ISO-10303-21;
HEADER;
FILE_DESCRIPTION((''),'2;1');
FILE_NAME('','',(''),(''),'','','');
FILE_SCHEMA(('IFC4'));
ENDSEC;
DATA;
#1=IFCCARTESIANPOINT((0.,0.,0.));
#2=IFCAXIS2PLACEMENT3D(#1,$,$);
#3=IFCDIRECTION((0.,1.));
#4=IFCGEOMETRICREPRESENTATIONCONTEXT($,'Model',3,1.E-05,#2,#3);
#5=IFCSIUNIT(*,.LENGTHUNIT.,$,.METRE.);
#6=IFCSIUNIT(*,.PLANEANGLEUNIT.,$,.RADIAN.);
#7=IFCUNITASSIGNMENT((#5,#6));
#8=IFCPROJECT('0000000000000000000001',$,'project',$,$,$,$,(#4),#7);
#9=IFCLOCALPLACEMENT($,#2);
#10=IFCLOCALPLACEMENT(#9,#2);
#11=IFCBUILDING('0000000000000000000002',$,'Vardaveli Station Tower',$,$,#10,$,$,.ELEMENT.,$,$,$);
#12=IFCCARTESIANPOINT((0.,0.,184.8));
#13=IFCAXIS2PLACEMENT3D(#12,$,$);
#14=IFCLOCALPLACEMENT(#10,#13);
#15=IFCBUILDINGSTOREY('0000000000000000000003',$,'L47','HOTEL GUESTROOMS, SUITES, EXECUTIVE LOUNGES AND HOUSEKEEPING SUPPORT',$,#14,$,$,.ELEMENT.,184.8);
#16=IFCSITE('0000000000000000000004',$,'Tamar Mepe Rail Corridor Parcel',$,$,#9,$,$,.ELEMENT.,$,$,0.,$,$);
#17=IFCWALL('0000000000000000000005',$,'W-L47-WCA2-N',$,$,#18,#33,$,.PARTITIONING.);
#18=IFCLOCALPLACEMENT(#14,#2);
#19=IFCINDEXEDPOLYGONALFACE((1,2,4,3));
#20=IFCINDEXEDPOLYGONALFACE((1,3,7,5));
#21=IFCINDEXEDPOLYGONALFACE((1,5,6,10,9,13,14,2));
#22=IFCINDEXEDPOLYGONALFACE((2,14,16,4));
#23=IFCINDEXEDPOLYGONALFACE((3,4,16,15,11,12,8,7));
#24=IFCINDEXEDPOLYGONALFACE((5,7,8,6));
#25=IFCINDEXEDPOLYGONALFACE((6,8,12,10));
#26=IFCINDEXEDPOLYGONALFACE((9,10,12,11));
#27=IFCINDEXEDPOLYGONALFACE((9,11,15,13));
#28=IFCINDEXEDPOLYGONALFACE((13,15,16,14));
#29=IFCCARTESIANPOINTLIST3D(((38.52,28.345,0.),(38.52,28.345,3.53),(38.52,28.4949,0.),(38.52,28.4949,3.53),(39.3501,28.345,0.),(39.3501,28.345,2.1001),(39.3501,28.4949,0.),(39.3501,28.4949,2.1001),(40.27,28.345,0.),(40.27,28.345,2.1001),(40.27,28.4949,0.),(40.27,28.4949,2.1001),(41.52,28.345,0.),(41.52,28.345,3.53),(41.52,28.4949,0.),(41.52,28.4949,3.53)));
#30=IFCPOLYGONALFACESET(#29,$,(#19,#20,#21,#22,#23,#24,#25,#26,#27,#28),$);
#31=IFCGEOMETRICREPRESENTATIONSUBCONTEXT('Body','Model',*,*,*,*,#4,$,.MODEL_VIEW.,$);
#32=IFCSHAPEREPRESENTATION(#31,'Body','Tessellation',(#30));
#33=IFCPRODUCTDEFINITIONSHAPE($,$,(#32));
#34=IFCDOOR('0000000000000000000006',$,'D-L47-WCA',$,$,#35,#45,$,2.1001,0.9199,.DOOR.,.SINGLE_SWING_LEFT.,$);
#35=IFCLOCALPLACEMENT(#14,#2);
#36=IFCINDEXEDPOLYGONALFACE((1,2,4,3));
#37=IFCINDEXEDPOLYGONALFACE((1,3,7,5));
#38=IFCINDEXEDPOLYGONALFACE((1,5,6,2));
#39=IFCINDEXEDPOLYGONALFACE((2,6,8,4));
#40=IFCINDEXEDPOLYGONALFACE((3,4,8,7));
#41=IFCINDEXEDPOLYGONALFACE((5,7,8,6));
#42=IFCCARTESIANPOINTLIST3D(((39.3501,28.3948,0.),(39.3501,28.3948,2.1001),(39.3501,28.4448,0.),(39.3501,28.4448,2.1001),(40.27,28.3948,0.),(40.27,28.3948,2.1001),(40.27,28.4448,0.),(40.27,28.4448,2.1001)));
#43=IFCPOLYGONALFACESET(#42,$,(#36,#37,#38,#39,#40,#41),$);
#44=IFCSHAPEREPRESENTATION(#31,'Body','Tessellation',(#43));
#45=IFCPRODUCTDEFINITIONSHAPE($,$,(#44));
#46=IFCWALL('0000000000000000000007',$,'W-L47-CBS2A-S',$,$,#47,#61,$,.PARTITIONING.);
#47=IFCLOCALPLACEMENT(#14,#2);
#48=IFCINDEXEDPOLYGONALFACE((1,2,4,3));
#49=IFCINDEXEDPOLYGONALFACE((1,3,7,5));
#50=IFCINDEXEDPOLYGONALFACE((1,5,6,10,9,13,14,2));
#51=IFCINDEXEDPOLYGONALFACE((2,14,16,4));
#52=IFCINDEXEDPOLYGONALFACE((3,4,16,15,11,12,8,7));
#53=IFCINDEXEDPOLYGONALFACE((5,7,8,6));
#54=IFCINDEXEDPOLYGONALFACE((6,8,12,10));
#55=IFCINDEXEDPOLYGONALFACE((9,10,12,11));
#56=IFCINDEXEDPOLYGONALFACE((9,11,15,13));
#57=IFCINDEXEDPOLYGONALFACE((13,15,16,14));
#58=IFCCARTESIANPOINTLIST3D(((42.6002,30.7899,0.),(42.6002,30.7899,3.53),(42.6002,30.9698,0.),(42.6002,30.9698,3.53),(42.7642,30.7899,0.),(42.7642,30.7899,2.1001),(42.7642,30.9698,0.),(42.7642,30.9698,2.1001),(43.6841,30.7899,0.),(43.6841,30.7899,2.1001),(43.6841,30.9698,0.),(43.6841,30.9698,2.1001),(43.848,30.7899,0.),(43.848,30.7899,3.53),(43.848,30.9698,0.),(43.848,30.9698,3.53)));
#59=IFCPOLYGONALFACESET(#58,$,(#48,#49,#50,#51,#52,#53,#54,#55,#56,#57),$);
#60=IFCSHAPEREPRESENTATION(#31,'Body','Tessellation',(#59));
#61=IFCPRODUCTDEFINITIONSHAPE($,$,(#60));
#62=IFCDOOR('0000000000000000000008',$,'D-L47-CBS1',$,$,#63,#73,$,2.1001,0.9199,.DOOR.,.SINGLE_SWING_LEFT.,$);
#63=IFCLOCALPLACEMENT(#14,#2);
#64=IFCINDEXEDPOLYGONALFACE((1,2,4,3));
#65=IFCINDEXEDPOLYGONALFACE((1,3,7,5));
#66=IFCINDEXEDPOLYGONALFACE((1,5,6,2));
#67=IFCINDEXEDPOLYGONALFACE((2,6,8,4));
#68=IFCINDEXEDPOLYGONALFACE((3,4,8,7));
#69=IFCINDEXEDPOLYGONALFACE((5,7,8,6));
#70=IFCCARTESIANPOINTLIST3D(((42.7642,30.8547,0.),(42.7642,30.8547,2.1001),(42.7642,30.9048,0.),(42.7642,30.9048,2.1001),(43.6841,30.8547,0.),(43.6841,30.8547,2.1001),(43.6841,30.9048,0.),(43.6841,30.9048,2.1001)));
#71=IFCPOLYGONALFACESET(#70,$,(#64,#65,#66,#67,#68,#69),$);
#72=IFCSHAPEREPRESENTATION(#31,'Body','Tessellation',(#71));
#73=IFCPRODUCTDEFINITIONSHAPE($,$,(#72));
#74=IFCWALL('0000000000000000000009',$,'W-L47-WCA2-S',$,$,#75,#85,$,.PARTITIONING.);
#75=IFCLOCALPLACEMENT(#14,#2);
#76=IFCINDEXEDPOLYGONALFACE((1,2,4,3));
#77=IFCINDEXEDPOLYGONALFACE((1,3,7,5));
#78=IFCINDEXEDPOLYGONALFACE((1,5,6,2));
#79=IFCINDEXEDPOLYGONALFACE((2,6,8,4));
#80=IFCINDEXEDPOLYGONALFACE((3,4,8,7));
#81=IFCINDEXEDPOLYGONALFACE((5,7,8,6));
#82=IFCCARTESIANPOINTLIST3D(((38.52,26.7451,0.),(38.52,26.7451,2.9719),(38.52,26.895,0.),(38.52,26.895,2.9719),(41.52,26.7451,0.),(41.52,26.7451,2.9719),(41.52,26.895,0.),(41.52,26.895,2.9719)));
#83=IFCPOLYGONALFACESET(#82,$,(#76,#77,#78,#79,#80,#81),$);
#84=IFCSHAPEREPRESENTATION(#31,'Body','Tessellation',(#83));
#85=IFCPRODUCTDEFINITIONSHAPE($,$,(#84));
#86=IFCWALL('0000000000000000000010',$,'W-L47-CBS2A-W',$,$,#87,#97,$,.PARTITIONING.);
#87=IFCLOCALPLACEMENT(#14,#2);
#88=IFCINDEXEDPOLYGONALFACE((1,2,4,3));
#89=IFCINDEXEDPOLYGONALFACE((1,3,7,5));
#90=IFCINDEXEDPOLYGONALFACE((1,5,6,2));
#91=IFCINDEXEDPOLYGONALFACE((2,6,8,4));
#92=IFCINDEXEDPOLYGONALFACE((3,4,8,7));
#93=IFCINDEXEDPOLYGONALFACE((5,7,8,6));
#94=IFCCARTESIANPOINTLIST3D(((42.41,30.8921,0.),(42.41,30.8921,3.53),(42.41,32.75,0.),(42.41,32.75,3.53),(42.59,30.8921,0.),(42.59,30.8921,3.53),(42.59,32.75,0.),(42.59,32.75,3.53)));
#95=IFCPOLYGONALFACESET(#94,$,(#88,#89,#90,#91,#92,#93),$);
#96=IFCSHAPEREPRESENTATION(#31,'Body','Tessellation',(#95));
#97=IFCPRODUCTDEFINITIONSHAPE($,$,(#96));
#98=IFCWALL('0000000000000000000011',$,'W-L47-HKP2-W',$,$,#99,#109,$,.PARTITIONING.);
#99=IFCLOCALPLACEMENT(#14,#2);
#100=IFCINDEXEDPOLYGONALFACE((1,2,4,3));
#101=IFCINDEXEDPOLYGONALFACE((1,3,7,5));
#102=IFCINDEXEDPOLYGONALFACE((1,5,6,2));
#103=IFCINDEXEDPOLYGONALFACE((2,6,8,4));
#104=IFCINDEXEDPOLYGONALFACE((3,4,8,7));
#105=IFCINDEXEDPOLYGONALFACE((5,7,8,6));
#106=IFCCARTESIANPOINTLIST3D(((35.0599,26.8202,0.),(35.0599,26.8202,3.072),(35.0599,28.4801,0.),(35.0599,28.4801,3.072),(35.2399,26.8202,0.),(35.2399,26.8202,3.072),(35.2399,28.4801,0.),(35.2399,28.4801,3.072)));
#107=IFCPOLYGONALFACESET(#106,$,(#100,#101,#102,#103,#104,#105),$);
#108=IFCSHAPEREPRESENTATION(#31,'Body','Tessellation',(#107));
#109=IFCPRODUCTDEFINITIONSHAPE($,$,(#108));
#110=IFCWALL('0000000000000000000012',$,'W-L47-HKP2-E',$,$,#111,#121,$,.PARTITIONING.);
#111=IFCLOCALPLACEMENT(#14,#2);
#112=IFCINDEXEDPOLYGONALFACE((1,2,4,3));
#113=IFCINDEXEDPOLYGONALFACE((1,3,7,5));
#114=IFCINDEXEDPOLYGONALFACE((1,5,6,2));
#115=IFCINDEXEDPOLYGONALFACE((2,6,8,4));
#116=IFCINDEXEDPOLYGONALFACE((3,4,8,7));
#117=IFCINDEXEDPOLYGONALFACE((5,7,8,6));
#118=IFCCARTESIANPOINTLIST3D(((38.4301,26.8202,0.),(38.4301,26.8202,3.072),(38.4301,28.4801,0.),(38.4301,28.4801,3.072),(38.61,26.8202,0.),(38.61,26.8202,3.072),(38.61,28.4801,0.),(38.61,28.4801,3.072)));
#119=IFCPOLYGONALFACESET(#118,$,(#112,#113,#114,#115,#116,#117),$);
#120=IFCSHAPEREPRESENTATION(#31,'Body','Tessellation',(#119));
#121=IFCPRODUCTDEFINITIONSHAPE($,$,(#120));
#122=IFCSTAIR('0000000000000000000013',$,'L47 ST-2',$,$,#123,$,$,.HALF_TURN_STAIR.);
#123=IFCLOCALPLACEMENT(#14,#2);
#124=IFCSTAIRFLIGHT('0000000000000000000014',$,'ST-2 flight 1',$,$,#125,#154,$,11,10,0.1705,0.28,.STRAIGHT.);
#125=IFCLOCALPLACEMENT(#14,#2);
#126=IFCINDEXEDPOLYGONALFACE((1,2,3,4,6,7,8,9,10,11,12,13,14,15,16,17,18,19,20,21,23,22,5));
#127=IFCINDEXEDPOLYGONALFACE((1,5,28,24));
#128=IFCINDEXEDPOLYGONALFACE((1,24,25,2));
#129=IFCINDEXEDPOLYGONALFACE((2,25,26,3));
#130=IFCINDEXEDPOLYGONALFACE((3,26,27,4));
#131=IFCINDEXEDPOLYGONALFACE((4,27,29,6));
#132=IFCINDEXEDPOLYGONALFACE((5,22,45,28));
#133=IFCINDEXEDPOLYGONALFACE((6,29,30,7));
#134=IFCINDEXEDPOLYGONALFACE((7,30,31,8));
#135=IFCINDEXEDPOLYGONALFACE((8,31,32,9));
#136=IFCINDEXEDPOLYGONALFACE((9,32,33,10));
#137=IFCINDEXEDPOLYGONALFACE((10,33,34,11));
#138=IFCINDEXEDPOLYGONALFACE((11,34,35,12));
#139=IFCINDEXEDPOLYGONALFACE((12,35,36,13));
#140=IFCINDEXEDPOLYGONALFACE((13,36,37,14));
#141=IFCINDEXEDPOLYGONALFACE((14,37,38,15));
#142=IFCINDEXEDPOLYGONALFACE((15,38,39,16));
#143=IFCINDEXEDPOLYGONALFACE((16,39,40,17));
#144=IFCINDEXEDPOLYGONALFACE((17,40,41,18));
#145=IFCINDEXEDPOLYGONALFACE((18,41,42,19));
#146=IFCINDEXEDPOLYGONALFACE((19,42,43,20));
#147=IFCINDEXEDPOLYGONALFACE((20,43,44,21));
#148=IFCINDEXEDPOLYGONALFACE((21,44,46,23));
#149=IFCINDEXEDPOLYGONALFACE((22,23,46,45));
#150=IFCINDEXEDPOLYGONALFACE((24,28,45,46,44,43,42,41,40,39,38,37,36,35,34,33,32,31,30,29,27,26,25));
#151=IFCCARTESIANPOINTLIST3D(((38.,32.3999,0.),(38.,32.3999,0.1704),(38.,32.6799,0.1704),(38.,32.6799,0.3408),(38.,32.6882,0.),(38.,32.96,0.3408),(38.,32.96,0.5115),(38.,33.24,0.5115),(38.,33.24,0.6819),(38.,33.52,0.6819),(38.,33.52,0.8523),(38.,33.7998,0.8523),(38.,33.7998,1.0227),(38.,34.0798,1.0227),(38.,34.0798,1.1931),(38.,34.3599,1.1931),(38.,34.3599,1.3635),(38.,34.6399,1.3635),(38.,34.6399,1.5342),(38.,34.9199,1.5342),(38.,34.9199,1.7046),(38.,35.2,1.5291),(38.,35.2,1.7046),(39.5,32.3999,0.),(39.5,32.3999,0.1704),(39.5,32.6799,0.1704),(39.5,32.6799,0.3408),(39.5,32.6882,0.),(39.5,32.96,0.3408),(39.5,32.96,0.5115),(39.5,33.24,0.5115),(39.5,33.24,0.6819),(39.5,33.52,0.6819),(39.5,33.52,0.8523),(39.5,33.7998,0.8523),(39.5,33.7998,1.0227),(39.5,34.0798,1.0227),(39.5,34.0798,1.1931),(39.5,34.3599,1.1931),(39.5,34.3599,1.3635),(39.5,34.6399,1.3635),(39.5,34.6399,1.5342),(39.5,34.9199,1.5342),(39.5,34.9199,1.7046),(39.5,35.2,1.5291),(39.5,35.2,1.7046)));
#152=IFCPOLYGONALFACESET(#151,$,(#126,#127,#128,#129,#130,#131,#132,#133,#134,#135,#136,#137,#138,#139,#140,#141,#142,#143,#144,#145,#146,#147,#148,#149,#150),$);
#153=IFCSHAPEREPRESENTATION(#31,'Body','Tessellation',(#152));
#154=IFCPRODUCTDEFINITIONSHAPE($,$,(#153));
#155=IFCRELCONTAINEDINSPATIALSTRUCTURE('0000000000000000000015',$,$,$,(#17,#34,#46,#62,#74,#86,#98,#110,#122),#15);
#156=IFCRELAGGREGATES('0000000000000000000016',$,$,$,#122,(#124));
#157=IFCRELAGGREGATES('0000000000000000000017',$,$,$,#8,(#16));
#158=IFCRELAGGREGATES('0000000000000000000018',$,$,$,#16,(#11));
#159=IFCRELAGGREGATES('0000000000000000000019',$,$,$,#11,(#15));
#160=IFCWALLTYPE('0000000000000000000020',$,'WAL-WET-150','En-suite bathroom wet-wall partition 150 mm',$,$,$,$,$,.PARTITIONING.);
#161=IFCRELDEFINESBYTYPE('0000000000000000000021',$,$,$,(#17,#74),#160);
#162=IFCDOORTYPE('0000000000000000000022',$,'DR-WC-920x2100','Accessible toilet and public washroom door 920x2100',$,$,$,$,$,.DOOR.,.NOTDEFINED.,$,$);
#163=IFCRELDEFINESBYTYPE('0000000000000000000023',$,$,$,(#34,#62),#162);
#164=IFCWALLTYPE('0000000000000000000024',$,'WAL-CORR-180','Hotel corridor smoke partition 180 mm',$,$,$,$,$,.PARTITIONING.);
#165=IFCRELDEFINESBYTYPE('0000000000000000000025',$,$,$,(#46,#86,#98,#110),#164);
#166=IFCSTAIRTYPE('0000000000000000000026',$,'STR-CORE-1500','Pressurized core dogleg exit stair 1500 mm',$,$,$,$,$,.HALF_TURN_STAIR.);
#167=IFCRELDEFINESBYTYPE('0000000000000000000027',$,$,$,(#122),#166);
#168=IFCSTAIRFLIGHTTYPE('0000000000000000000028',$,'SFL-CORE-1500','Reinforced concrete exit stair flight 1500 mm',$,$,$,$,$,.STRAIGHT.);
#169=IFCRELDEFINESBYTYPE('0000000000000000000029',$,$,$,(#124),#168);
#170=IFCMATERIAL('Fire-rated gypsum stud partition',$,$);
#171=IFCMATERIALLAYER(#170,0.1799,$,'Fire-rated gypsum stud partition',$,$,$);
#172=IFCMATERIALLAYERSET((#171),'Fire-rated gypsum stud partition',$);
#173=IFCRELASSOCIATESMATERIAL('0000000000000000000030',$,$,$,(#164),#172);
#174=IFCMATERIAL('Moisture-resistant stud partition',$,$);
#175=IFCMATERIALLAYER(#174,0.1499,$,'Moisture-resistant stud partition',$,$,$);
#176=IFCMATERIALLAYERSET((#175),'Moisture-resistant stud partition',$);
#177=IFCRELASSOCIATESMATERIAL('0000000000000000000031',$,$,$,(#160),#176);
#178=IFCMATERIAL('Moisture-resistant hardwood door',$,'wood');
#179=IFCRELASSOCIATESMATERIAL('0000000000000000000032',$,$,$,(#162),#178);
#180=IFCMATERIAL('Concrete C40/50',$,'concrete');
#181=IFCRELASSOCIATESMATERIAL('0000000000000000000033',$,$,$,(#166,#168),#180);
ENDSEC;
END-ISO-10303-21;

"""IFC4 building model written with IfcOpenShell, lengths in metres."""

from ifc_helpers import new_model, si_unit, direction, frame, frame_2d, origin, place, context, subcontext, project, spatial, polyline, rectangle, outline, extrude, source, transform, mapped, material, layer, layer_set, type_object, element, fill, aggregate, save


model = new_model("IFC4")

# Units and contexts
model_context = context("Model", 3, precision=1e-05, world=origin(), true_north=direction((0.0, 1.0)))
body_context = subcontext(model_context, "Body", "Model", "MODEL_VIEW")
ifc_project = project(units=[si_unit("LENGTHUNIT", "METRE"), si_unit("PLANEANGLEUNIT", "RADIAN")], contexts=[model_context])

# Site, building, storey
site_placement = place(None, origin())
site = spatial("IfcSite", under=ifc_project, at=site_placement, Name="Tamar Mepe Rail Corridor Parcel", CompositionType="ELEMENT", RefElevation=0.0)
building_placement = place(site_placement, origin())
building = spatial("IfcBuilding", under=site, at=building_placement, Name="Vardaveli Station Tower", CompositionType="ELEMENT")
storey_placement = place(building_placement, frame((0.0, 0.0, 184.8)))
storey = spatial("IfcBuildingStorey", under=building, at=storey_placement, Name="L47", Description="HOTEL GUESTROOMS, SUITES, EXECUTIVE LOUNGES AND HOUSEKEEPING SUPPORT", CompositionType="ELEMENT", Elevation=184.8)

# Shared definitions
ifc_material_1 = material(Name="Concrete C40/50", Category="concrete")

# Walls, openings, doors
ifc_material_2 = material(Name="Fire-rated gypsum stud partition")
ifc_layer_1 = layer(ifc_material_2, 0.1799, Name="Fire-rated gypsum stud partition")
ifc_layer_set_1 = layer_set([ifc_layer_1], Name="Fire-rated gypsum stud partition")
wall_type_1 = type_object("IfcWallType", Name="WAL-CORR-180", Description="Hotel corridor smoke partition 180 mm", PredefinedType="PARTITIONING", material=ifc_layer_set_1)
ifc_material_3 = material(Name="Moisture-resistant stud partition")
ifc_layer_2 = layer(ifc_material_3, 0.1499, Name="Moisture-resistant stud partition")
ifc_layer_set_2 = layer_set([ifc_layer_2], Name="Moisture-resistant stud partition")
wall_type_2 = type_object("IfcWallType", Name="WAL-WET-150", Description="En-suite bathroom wet-wall partition 150 mm", PredefinedType="PARTITIONING", material=ifc_layer_set_2)
shared_shape_1 = source(origin(), body_context, "Body", "SweptSolid", [
    extrude(rectangle(XDim=3.0, YDim=0.1499, at=frame_2d((1.5, 0.0))), origin(), (0.0, 0.0, 1.0), 3.53),
])
wall_1_placement = place(storey_placement, frame((38.52, 28.4199, 0.0), z_axis=(0.0, 0.0, 1.0), x_axis=(1.0, 0.0, 0.0)))
wall_1 = element("IfcWall", 1, at=wall_1_placement, inside=storey, type_object=wall_type_2, Name="W-L47-WCA2-N", PredefinedType="PARTITIONING", context=body_context, shape_type="MappedRepresentation", body=[
    mapped(shared_shape_1, transform((0.0, 0.0, 0.0), scale=1.0)),
])
shared_shape_2 = source(origin(), body_context, "Body", "SweptSolid", [
    extrude(rectangle(XDim=0.9199, YDim=2.1001, at=frame_2d((0.46, 1.05))), frame((0.0, 0.085, 0.0), z_axis=(0.0, -1.0, 0.0), x_axis=(1.0, 0.0, 0.0)), (0.0, 0.0, 1.0), 0.1699),
])
opening_1_placement = place(wall_1_placement, frame((0.8301, 0.0, 0.0)))
opening_1 = element("IfcOpeningElement", 2, at=opening_1_placement, cuts=wall_1, PredefinedType="OPENING", context=body_context, shape_type="MappedRepresentation", body=[
    mapped(shared_shape_2, transform((0.0, 0.0, 0.0), scale=1.0)),
])
ifc_material_4 = material(Name="Moisture-resistant hardwood door", Category="wood")
door_type_1 = type_object("IfcDoorType", Name="DR-WC-920x2100", Description="Accessible toilet and public washroom door 920x2100", OperationType="NOTDEFINED", PredefinedType="DOOR", material=ifc_material_4)
shared_shape_3 = source(origin(), body_context, "Body", "SweptSolid", [
    extrude(rectangle(XDim=0.9199, YDim=2.1001, at=frame_2d((0.46, 1.05))), frame((0.0, 0.0249, 0.0), z_axis=(0.0, -1.0, 0.0), x_axis=(1.0, 0.0, 0.0)), (0.0, 0.0, 1.0), 0.05),
])
door_1_placement = place(opening_1_placement, origin())
door_1 = element("IfcDoor", 3, at=door_1_placement, inside=storey, type_object=door_type_1, Name="D-L47-WCA", OperationType="SINGLE_SWING_LEFT", OverallHeight=2.1001, OverallWidth=0.9199, PredefinedType="DOOR", context=body_context, shape_type="MappedRepresentation", body=[
    mapped(shared_shape_3, transform((0.0, 0.0, 0.0), scale=1.0)),
])
fill(opening_1, door_1)
shared_shape_4 = source(origin(), body_context, "Body", "SweptSolid", [
    extrude(rectangle(XDim=1.2478, YDim=0.1799, at=frame_2d((0.624, 0.0))), origin(), (0.0, 0.0, 1.0), 3.53),
])
wall_2_placement = place(storey_placement, frame((42.6001, 30.8799, 0.0), z_axis=(0.0, 0.0, 1.0), x_axis=(1.0, 0.0, 0.0)))
wall_2 = element("IfcWall", 4, at=wall_2_placement, inside=storey, type_object=wall_type_1, Name="W-L47-CBS2A-S", PredefinedType="PARTITIONING", context=body_context, shape_type="MappedRepresentation", body=[
    mapped(shared_shape_4, transform((0.0, 0.0, 0.0), scale=1.0)),
])
shared_shape_5 = source(origin(), body_context, "Body", "SweptSolid", [
    extrude(rectangle(XDim=0.9199, YDim=2.1001, at=frame_2d((0.46, 1.05))), frame((0.0, 0.1001, 0.0), z_axis=(0.0, -1.0, 0.0), x_axis=(1.0, 0.0, 0.0)), (0.0, 0.0, 1.0), 0.2),
])
opening_2_placement = place(wall_2_placement, frame((0.1641, 0.0, 0.0)))
opening_2 = element("IfcOpeningElement", 5, at=opening_2_placement, cuts=wall_2, PredefinedType="OPENING", context=body_context, shape_type="MappedRepresentation", body=[
    mapped(shared_shape_5, transform((0.0, 0.0, 0.0), scale=1.0)),
])
door_2_placement = place(opening_2_placement, origin())
door_2 = element("IfcDoor", 6, at=door_2_placement, inside=storey, type_object=door_type_1, Name="D-L47-CBS1", OperationType="SINGLE_SWING_LEFT", OverallHeight=2.1001, OverallWidth=0.9199, PredefinedType="DOOR", context=body_context, shape_type="MappedRepresentation", body=[
    mapped(shared_shape_3, transform((0.0, 0.0, 0.0), scale=1.0)),
])
fill(opening_2, door_2)

# Walls
shared_shape_6 = source(origin(), body_context, "Body", "SweptSolid", [
    extrude(rectangle(XDim=3.0, YDim=0.1499, at=frame_2d((1.5, 0.0))), origin(), (0.0, 0.0, 1.0), 2.9719),
])
wall_3_placement = place(storey_placement, frame((38.52, 26.8201, 0.0), z_axis=(0.0, 0.0, 1.0), x_axis=(1.0, 0.0, 0.0)))
element("IfcWall", 7, at=wall_3_placement, inside=storey, type_object=wall_type_2, Name="W-L47-WCA2-S", PredefinedType="PARTITIONING", context=body_context, shape_type="MappedRepresentation", body=[
    mapped(shared_shape_6, transform((0.0, 0.0, 0.0), scale=1.0)),
])
shared_shape_7 = source(origin(), body_context, "Body", "SweptSolid", [
    extrude(rectangle(XDim=1.8579, YDim=0.1799, at=frame_2d((0.929, 0.0))), origin(), (0.0, 0.0, 1.0), 3.53),
])
wall_4_placement = place(storey_placement, frame((42.5, 30.8921, 0.0), z_axis=(0.0, 0.0, 1.0), x_axis=(0.0, 1.0, 0.0)))
element("IfcWall", 8, at=wall_4_placement, inside=storey, type_object=wall_type_1, Name="W-L47-CBS2A-W", PredefinedType="PARTITIONING", context=body_context, shape_type="MappedRepresentation", body=[
    mapped(shared_shape_7, transform((0.0, 0.0, 0.0), scale=1.0)),
])
shared_shape_8 = source(origin(), body_context, "Body", "SweptSolid", [
    extrude(rectangle(XDim=1.6599, YDim=0.1799, at=frame_2d((0.8301, 0.0))), origin(), (0.0, 0.0, 1.0), 3.072),
])
for number, where, z_axis, x_axis, name in (
    (9, (35.1499, 26.8201, 0.0), (0.0, 0.0, 1.0), (0.0, 1.0, 0.0), "W-L47-HKP2-W"),
    (10, (38.52, 26.8201, 0.0), (0.0, 0.0, 1.0), (0.0, 1.0, 0.0), "W-L47-HKP2-E"),
):
    element("IfcWall", number, at=place(storey_placement, frame(where, z_axis=z_axis, x_axis=x_axis)), inside=storey, type_object=wall_type_1, Name=name, PredefinedType="PARTITIONING", context=body_context, shape_type="MappedRepresentation", body=[
        mapped(shared_shape_8, transform((0.0, 0.0, 0.0), scale=1.0)),
    ])

# Stair, stair flight
stair_type = type_object("IfcStairType", Name="STR-CORE-1500", Description="Pressurized core dogleg exit stair 1500 mm", PredefinedType="HALF_TURN_STAIR", material=ifc_material_1)
stair_placement = place(storey_placement, origin())
stair = element("IfcStair", 11, at=stair_placement, inside=storey, type_object=stair_type, Name="L47 ST-2", PredefinedType="HALF_TURN_STAIR")
stair_flight_type = type_object("IfcStairFlightType", Name="SFL-CORE-1500", Description="Reinforced concrete exit stair flight 1500 mm", PredefinedType="STRAIGHT", material=ifc_material_1)
shared_shape_9 = source(origin(), body_context, "Body", "SweptSolid", [
    extrude(outline(polyline([(0.0, 0.0), (0.0, 0.1704), (0.28, 0.1704), (0.28, 0.3408), (0.5601, 0.3408), (0.5601, 0.5115), (0.8401, 0.5115), (0.8401, 0.6819), (1.1201, 0.6819), (1.1201, 0.8523), (1.3999, 0.8523), (1.3999, 1.0227), (1.6799, 1.0227), (1.6799, 1.1931), (1.96, 1.1931), (1.96, 1.3635), (2.24, 1.3635), (2.24, 1.5342), (2.52, 1.5342), (2.52, 1.7046), (2.8, 1.7046), (2.8, 1.875), (2.8, 1.5291), (0.2883, 0.0), (0.0, 0.0)])), frame((0.0, 0.75, 0.0), z_axis=(0.0, -1.0, 0.0), x_axis=(1.0, 0.0, 0.0)), (0.0, 0.0, 1.0), 1.5),
])
stair_flight_placement = place(storey_placement, frame((38.75, 32.3999, 0.0), z_axis=(0.0, 0.0, 1.0), x_axis=(0.0, 1.0, 0.0)))
stair_flight = element("IfcStairFlight", 12, at=stair_flight_placement, type_object=stair_flight_type, Name="ST-2 flight 1", NumberOfRisers=11, NumberOfTreads=10, PredefinedType="STRAIGHT", RiserHeight=0.1705, TreadLength=0.28, context=body_context, shape_type="MappedRepresentation", body=[
    mapped(shared_shape_9, transform((0.0, 0.0, 0.0), scale=1.0)),
])
aggregate(stair, [stair_flight])

save(model, "model.ifc")
